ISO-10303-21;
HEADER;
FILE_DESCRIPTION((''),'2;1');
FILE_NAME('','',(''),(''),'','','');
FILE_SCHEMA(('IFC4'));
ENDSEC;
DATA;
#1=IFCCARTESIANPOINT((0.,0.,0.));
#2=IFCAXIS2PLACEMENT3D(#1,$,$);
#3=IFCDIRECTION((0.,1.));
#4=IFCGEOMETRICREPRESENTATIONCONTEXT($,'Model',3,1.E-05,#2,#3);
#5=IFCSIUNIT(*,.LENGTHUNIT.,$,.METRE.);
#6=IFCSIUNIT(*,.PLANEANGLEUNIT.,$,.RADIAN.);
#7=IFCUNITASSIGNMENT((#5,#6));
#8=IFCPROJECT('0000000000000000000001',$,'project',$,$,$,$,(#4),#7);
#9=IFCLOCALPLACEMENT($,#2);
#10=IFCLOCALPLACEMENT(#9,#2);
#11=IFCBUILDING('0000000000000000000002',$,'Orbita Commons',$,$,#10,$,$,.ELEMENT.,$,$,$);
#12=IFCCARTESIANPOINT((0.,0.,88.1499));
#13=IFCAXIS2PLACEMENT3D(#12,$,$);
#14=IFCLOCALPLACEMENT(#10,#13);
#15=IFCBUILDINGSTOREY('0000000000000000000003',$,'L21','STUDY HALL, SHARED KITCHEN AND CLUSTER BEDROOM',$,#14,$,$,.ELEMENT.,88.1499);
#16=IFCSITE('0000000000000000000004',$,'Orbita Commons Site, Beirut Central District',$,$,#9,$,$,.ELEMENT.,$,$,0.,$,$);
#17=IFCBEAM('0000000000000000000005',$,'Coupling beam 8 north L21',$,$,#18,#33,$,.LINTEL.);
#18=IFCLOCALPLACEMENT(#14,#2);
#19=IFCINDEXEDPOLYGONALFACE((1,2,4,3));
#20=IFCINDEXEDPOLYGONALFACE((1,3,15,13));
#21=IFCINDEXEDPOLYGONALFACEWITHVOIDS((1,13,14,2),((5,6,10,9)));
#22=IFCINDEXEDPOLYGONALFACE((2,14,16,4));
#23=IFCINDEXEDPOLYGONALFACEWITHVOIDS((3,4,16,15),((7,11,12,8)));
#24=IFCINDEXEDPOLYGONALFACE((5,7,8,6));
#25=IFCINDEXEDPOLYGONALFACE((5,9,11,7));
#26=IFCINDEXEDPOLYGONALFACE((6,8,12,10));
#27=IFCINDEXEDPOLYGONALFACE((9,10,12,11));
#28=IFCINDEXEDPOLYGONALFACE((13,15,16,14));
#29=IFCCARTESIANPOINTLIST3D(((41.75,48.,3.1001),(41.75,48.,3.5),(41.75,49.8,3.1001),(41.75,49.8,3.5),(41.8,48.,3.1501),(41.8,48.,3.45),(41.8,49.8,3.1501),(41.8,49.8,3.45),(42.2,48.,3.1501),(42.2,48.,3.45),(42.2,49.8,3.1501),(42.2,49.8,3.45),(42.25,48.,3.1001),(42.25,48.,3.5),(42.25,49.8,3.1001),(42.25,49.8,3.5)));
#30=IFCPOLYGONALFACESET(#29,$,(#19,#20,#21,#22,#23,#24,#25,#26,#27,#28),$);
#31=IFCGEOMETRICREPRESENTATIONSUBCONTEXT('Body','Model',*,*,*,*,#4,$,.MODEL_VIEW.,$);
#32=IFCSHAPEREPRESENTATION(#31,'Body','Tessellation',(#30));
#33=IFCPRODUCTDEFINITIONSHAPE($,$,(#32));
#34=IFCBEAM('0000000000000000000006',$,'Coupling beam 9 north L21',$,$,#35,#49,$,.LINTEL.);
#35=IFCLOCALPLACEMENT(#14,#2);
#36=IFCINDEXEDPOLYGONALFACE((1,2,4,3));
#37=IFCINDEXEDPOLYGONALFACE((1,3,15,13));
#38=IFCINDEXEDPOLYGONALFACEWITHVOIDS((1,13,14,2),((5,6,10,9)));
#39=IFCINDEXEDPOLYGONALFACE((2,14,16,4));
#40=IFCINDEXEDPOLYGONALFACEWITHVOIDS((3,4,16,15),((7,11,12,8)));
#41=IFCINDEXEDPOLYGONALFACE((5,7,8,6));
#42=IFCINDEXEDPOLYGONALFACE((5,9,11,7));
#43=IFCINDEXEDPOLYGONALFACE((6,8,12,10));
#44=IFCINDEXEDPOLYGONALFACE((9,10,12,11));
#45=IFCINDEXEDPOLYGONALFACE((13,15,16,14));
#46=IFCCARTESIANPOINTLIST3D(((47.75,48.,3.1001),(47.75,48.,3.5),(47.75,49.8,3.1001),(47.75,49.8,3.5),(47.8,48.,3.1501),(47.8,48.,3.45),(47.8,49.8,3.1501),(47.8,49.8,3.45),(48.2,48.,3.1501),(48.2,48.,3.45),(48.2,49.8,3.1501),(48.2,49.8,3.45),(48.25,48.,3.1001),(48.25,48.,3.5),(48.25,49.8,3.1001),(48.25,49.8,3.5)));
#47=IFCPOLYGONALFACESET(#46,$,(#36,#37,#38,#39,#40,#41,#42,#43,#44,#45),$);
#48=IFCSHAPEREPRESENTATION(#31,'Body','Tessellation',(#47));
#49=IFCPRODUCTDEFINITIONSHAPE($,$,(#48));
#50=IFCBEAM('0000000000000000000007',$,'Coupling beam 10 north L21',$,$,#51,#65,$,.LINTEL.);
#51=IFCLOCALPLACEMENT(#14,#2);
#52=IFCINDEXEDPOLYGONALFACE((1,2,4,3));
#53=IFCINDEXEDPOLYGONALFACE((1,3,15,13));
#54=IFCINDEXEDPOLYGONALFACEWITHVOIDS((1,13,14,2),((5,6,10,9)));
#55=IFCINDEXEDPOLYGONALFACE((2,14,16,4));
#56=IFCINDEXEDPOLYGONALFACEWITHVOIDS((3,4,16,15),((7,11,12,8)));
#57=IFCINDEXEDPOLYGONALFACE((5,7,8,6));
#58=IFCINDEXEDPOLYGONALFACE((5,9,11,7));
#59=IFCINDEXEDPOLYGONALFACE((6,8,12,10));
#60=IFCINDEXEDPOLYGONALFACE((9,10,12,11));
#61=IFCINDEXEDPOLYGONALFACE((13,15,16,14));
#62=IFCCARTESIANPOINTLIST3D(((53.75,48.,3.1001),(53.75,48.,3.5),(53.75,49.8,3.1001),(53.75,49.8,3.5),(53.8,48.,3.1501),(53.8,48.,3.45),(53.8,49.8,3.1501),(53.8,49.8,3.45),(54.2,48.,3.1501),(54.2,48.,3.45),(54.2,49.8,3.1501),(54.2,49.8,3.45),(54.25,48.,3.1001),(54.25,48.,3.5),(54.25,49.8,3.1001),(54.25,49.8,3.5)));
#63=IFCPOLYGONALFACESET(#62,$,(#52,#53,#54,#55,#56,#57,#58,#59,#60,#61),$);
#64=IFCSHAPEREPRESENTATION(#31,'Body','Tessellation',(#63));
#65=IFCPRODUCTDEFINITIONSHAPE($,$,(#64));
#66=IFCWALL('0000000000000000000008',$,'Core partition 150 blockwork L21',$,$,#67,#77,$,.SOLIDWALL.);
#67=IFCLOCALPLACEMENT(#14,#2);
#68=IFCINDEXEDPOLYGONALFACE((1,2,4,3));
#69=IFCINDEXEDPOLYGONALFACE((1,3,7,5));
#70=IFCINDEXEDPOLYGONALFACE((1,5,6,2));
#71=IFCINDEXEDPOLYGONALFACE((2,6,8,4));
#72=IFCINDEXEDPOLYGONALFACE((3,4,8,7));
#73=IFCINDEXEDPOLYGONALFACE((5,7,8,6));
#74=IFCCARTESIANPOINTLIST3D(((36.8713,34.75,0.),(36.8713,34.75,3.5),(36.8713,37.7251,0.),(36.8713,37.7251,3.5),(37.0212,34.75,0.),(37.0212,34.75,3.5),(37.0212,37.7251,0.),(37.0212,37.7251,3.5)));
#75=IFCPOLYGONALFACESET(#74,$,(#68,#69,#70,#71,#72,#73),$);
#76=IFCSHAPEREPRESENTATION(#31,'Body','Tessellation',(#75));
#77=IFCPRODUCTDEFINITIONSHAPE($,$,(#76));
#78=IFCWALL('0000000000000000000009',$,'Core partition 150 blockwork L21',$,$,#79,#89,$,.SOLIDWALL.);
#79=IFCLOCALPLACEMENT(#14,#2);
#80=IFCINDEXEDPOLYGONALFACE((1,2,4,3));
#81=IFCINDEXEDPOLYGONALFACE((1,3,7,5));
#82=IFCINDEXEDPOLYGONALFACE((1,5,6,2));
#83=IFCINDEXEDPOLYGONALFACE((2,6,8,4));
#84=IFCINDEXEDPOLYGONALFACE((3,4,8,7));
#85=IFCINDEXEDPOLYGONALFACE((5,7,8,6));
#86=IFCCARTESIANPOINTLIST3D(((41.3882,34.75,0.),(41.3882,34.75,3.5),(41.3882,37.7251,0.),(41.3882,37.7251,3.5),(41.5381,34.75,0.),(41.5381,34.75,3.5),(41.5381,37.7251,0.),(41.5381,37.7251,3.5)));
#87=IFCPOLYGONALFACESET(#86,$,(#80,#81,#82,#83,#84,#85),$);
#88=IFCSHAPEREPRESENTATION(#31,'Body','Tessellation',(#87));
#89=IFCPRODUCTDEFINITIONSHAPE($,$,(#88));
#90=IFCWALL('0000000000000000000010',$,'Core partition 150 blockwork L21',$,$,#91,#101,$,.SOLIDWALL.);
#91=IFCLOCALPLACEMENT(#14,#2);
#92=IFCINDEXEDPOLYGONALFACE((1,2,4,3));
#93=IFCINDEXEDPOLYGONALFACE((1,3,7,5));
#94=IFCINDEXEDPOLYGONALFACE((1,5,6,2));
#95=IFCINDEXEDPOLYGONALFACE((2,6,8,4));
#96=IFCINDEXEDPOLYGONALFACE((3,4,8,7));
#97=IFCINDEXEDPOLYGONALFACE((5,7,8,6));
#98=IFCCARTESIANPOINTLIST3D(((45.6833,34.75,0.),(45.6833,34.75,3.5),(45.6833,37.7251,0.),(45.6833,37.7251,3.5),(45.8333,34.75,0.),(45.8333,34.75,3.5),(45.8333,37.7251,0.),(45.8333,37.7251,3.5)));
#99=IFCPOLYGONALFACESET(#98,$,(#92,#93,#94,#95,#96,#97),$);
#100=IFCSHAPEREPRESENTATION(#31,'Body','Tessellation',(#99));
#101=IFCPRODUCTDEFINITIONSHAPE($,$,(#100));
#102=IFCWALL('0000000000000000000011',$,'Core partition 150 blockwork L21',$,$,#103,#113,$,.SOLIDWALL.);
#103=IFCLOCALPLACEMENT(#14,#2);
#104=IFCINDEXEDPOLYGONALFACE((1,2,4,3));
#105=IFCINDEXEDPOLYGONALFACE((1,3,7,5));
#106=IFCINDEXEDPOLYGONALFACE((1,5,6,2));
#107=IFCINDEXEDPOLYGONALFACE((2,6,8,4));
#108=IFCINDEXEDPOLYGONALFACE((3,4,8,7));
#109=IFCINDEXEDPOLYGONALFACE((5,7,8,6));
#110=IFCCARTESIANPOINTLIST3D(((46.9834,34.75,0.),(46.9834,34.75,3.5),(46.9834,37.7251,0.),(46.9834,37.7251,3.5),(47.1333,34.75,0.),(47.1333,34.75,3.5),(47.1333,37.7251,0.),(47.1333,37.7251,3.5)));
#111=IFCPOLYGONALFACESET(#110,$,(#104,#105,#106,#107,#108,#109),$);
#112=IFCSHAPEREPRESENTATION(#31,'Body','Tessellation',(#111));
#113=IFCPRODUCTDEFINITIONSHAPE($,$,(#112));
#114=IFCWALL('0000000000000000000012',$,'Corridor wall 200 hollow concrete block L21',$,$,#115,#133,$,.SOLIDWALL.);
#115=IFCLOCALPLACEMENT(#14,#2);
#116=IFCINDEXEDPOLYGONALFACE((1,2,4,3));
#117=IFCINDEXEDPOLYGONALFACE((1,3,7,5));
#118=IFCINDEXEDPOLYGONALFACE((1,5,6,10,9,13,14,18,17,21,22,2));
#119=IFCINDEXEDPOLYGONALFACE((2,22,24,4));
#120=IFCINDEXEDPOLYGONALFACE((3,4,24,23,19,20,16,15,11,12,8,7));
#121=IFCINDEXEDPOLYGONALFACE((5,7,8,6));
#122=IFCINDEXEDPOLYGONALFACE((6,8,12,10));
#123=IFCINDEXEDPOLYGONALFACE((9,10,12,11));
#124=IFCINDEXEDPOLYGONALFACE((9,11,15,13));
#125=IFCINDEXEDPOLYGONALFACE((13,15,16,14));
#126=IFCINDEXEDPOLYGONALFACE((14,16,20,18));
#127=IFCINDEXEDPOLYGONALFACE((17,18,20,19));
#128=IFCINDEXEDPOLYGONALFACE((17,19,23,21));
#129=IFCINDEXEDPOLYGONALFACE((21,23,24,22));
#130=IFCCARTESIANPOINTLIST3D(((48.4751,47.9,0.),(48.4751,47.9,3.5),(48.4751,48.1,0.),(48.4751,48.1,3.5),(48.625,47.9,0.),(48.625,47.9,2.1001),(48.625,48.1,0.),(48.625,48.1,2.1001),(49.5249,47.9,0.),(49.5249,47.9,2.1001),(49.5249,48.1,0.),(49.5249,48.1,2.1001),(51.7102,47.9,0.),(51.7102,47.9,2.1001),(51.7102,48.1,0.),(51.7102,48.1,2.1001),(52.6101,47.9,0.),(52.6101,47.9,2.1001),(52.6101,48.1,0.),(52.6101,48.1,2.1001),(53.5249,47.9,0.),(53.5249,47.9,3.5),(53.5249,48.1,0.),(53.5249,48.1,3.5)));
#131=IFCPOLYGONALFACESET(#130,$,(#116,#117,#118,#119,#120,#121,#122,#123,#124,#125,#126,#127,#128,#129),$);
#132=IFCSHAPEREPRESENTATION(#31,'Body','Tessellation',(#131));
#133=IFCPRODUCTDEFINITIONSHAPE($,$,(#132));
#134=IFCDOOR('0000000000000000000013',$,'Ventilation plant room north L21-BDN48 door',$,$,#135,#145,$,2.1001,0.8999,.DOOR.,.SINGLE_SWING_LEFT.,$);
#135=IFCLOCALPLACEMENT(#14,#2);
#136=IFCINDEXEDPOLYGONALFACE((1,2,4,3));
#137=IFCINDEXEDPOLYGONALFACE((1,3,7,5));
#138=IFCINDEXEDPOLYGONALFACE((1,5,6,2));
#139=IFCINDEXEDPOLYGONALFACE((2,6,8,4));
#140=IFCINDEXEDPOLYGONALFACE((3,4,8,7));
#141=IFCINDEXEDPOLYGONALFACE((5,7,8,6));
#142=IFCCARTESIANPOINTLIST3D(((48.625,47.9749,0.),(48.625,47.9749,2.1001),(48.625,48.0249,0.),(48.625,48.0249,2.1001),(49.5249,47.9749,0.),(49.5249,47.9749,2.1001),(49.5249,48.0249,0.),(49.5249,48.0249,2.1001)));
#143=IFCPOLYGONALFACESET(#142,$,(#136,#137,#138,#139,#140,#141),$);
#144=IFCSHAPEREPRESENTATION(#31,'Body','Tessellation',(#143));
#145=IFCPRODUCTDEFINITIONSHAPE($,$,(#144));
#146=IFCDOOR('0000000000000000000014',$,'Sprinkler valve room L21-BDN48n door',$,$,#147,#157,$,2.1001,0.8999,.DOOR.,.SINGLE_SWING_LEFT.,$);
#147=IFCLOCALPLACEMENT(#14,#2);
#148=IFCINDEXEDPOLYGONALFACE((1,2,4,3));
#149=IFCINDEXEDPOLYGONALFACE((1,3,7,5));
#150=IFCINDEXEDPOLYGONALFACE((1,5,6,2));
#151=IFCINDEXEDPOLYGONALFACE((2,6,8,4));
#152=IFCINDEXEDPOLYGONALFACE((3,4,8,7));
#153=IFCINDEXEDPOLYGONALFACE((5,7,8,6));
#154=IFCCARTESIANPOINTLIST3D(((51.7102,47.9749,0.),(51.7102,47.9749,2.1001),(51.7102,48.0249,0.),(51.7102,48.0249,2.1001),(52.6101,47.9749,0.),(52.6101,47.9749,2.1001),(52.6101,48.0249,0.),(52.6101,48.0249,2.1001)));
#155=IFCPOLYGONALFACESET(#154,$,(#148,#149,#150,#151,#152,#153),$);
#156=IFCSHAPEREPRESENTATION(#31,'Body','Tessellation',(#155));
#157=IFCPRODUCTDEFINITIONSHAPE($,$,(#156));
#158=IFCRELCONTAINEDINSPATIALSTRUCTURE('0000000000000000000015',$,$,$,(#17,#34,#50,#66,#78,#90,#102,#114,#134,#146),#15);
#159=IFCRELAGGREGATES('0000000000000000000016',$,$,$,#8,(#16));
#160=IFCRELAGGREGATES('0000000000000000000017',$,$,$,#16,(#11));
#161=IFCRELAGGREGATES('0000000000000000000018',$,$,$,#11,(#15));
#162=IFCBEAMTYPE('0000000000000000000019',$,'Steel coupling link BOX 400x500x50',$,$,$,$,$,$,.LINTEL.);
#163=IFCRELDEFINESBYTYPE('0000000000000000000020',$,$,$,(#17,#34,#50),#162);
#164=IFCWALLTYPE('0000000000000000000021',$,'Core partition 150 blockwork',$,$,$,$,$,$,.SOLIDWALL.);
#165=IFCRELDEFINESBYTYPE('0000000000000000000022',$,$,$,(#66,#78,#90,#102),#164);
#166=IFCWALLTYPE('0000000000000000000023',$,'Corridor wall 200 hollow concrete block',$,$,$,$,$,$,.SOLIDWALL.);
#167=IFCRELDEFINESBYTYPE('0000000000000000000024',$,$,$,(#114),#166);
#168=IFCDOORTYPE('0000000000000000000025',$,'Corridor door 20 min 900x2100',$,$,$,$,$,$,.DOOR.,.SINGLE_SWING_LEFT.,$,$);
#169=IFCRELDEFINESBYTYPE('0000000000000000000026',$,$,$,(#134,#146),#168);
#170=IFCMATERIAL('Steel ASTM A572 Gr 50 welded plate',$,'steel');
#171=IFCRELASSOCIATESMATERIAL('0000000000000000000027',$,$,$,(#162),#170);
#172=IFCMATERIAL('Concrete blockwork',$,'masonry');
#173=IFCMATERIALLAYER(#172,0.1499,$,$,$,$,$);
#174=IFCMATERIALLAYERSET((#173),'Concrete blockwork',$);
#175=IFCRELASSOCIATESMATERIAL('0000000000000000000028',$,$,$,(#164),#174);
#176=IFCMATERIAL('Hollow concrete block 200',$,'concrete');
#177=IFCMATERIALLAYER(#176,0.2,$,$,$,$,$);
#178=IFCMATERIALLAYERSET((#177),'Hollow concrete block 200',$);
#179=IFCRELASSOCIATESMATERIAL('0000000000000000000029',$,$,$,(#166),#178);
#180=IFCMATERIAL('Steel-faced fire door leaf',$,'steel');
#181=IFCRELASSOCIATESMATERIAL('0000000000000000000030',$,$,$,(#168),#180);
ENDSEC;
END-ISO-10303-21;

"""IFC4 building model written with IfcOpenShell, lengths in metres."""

from ifc_helpers import new_model, si_unit, direction, frame, frame_2d, origin, origin_2d, place, context, subcontext, project, spatial, rectangle, hollow_rectangle, extrude, material, layer, layer_set, material_profile, profile_set, type_object, element, fill, save


model = new_model("IFC4")

# Units and contexts
model_context = context("Model", 3, precision=1e-05, world=origin(), true_north=direction((0.0, 1.0)))
body_context = subcontext(model_context, "Body", "Model", "MODEL_VIEW")
ifc_project = project(units=[si_unit("LENGTHUNIT", "METRE"), si_unit("PLANEANGLEUNIT", "RADIAN")], contexts=[model_context])

# Site, building, storey
site_placement = place(None, origin())
site = spatial("IfcSite", under=ifc_project, at=site_placement, Name="Orbita Commons Site, Beirut Central District", CompositionType="ELEMENT", RefElevation=0.0)
building_placement = place(site_placement, origin())
building = spatial("IfcBuilding", under=site, at=building_placement, Name="Orbita Commons", CompositionType="ELEMENT")
storey_placement = place(building_placement, frame((0.0, 0.0, 88.1499)))
storey = spatial("IfcBuildingStorey", under=building, at=storey_placement, Name="L21", Description="STUDY HALL, SHARED KITCHEN AND CLUSTER BEDROOM", CompositionType="ELEMENT", Elevation=88.1499)

# Beams
ifc_material_1 = material(Name="Steel ASTM A572 Gr 50 welded plate", Category="steel")
ifc_material_profile = material_profile(ifc_material_1, hollow_rectangle(XDim=0.5, YDim=0.3999, WallThickness=0.05, at=origin_2d()), Name="BOX 400x500x50")
ifc_profile_set = profile_set([ifc_material_profile], Name="Steel ASTM A572 Gr 50 welded plate")
beam_type = type_object("IfcBeamType", Name="Steel coupling link BOX 400x500x50", PredefinedType="LINTEL", material=ifc_profile_set)
for number, where, z_axis, x_axis, name in (
    (1, (42.0, 48.0, 3.3), (0.0, 1.0, 0.0), (-1.0, 0.0, 0.0), "Coupling beam 8 north L21"),
    (2, (48.0, 48.0, 3.3), (0.0, 1.0, 0.0), (-1.0, 0.0, 0.0), "Coupling beam 9 north L21"),
    (3, (54.0, 48.0, 3.3), (0.0, 1.0, 0.0), (-1.0, 0.0, 0.0), "Coupling beam 10 north L21"),
):
    element("IfcBeam", number, at=place(storey_placement, frame(where, z_axis=z_axis, x_axis=x_axis)), inside=storey, type_object=beam_type, Name=name, PredefinedType="LINTEL", context=body_context, shape_type="SweptSolid", body=[
        extrude(hollow_rectangle(XDim=0.5, YDim=0.3999, WallThickness=0.05, at=origin_2d()), origin(), (0.0, 0.0, 1.0), 1.8),
    ])

# Walls
ifc_material_2 = material(Name="Concrete blockwork", Category="masonry")
ifc_layer_1 = layer(ifc_material_2, 0.1499)
ifc_layer_set_1 = layer_set([ifc_layer_1], Name="Concrete blockwork")
wall_type_1 = type_object("IfcWallType", Name="Core partition 150 blockwork", PredefinedType="SOLIDWALL", material=ifc_layer_set_1)
for number, where, z_axis, x_axis, name in (
    (4, (36.9463, 34.75, 0.0), (0.0, 0.0, 1.0), (0.0, 1.0, 0.0), "Core partition 150 blockwork L21"),
    (5, (41.4631, 34.75, 0.0), (0.0, 0.0, 1.0), (0.0, 1.0, 0.0), "Core partition 150 blockwork L21"),
    (6, (45.7583, 34.75, 0.0), (0.0, 0.0, 1.0), (0.0, 1.0, 0.0), "Core partition 150 blockwork L21"),
    (7, (47.0583, 34.75, 0.0), (0.0, 0.0, 1.0), (0.0, 1.0, 0.0), "Core partition 150 blockwork L21"),
):
    element("IfcWall", number, at=place(storey_placement, frame(where, z_axis=z_axis, x_axis=x_axis)), inside=storey, type_object=wall_type_1, Name=name, PredefinedType="SOLIDWALL", context=body_context, shape_type="SweptSolid", body=[
        extrude(rectangle(XDim=2.9751, YDim=0.1499, at=frame_2d((1.4875, 0.0))), origin(), (0.0, 0.0, 1.0), 3.5),
    ])

# Wall, openings, doors
ifc_material_3 = material(Name="Hollow concrete block 200", Category="concrete")
ifc_layer_2 = layer(ifc_material_3, 0.2)
ifc_layer_set_2 = layer_set([ifc_layer_2], Name="Hollow concrete block 200")
wall_type_2 = type_object("IfcWallType", Name="Corridor wall 200 hollow concrete block", PredefinedType="SOLIDWALL", material=ifc_layer_set_2)
wall_1_placement = place(storey_placement, frame((48.4751, 48.0, 0.0), z_axis=(0.0, 0.0, 1.0), x_axis=(1.0, 0.0, 0.0)))
wall_1 = element("IfcWall", 8, at=wall_1_placement, inside=storey, type_object=wall_type_2, Name="Corridor wall 200 hollow concrete block L21", PredefinedType="SOLIDWALL", context=body_context, shape_type="SweptSolid", body=[
    extrude(rectangle(XDim=5.0498, YDim=0.2, at=frame_2d((2.5249, 0.0))), origin(), (0.0, 0.0, 1.0), 3.5),
])
opening_1_placement = place(wall_1_placement, frame((0.1499, 0.0, 0.0)))
opening_1 = element("IfcOpeningElement", 9, at=opening_1_placement, cuts=wall_1, PredefinedType="OPENING", context=body_context, shape_type="SweptSolid", body=[
    extrude(rectangle(XDim=0.8999, YDim=2.1001, at=frame_2d((0.45, 1.05))), frame((0.0, 0.1099, 0.0), z_axis=(0.0, -1.0, 0.0), x_axis=(1.0, 0.0, 0.0)), (0.0, 0.0, 1.0), 0.22),
])
opening_2_placement = place(wall_1_placement, frame((3.2351, 0.0, 0.0)))
opening_2 = element("IfcOpeningElement", 10, at=opening_2_placement, cuts=wall_1, PredefinedType="OPENING", context=body_context, shape_type="SweptSolid", body=[
    extrude(rectangle(XDim=0.8999, YDim=2.1001, at=frame_2d((0.45, 1.05))), frame((0.0, 0.1099, 0.0), z_axis=(0.0, -1.0, 0.0), x_axis=(1.0, 0.0, 0.0)), (0.0, 0.0, 1.0), 0.22),
])
ifc_material_4 = material(Name="Steel-faced fire door leaf", Category="steel")
door_type_1 = type_object("IfcDoorType", Name="Corridor door 20 min 900x2100", OperationType="SINGLE_SWING_LEFT", PredefinedType="DOOR", material=ifc_material_4)
door_1_placement = place(opening_1_placement, origin())
door_1 = element("IfcDoor", 11, at=door_1_placement, inside=storey, type_object=door_type_1, Name="Ventilation plant room north L21-BDN48 door", OperationType="SINGLE_SWING_LEFT", OverallHeight=2.1001, OverallWidth=0.8999, PredefinedType="DOOR", context=body_context, shape_type="SweptSolid", body=[
    extrude(rectangle(XDim=0.8999, YDim=2.1001, at=frame_2d((0.45, 1.05))), frame((0.0, 0.0249, 0.0), z_axis=(0.0, -1.0, 0.0), x_axis=(1.0, 0.0, 0.0)), (0.0, 0.0, 1.0), 0.05),
])
fill(opening_1, door_1)
door_2_placement = place(opening_2_placement, origin())
door_2 = element("IfcDoor", 12, at=door_2_placement, inside=storey, type_object=door_type_1, Name="Sprinkler valve room L21-BDN48n door", OperationType="SINGLE_SWING_LEFT", OverallHeight=2.1001, OverallWidth=0.8999, PredefinedType="DOOR", context=body_context, shape_type="SweptSolid", body=[
    extrude(rectangle(XDim=0.8999, YDim=2.1001, at=frame_2d((0.45, 1.05))), frame((0.0, 0.0249, 0.0), z_axis=(0.0, -1.0, 0.0), x_axis=(1.0, 0.0, 0.0)), (0.0, 0.0, 1.0), 0.05),
])
fill(opening_2, door_2)

save(model, "model.ifc")
